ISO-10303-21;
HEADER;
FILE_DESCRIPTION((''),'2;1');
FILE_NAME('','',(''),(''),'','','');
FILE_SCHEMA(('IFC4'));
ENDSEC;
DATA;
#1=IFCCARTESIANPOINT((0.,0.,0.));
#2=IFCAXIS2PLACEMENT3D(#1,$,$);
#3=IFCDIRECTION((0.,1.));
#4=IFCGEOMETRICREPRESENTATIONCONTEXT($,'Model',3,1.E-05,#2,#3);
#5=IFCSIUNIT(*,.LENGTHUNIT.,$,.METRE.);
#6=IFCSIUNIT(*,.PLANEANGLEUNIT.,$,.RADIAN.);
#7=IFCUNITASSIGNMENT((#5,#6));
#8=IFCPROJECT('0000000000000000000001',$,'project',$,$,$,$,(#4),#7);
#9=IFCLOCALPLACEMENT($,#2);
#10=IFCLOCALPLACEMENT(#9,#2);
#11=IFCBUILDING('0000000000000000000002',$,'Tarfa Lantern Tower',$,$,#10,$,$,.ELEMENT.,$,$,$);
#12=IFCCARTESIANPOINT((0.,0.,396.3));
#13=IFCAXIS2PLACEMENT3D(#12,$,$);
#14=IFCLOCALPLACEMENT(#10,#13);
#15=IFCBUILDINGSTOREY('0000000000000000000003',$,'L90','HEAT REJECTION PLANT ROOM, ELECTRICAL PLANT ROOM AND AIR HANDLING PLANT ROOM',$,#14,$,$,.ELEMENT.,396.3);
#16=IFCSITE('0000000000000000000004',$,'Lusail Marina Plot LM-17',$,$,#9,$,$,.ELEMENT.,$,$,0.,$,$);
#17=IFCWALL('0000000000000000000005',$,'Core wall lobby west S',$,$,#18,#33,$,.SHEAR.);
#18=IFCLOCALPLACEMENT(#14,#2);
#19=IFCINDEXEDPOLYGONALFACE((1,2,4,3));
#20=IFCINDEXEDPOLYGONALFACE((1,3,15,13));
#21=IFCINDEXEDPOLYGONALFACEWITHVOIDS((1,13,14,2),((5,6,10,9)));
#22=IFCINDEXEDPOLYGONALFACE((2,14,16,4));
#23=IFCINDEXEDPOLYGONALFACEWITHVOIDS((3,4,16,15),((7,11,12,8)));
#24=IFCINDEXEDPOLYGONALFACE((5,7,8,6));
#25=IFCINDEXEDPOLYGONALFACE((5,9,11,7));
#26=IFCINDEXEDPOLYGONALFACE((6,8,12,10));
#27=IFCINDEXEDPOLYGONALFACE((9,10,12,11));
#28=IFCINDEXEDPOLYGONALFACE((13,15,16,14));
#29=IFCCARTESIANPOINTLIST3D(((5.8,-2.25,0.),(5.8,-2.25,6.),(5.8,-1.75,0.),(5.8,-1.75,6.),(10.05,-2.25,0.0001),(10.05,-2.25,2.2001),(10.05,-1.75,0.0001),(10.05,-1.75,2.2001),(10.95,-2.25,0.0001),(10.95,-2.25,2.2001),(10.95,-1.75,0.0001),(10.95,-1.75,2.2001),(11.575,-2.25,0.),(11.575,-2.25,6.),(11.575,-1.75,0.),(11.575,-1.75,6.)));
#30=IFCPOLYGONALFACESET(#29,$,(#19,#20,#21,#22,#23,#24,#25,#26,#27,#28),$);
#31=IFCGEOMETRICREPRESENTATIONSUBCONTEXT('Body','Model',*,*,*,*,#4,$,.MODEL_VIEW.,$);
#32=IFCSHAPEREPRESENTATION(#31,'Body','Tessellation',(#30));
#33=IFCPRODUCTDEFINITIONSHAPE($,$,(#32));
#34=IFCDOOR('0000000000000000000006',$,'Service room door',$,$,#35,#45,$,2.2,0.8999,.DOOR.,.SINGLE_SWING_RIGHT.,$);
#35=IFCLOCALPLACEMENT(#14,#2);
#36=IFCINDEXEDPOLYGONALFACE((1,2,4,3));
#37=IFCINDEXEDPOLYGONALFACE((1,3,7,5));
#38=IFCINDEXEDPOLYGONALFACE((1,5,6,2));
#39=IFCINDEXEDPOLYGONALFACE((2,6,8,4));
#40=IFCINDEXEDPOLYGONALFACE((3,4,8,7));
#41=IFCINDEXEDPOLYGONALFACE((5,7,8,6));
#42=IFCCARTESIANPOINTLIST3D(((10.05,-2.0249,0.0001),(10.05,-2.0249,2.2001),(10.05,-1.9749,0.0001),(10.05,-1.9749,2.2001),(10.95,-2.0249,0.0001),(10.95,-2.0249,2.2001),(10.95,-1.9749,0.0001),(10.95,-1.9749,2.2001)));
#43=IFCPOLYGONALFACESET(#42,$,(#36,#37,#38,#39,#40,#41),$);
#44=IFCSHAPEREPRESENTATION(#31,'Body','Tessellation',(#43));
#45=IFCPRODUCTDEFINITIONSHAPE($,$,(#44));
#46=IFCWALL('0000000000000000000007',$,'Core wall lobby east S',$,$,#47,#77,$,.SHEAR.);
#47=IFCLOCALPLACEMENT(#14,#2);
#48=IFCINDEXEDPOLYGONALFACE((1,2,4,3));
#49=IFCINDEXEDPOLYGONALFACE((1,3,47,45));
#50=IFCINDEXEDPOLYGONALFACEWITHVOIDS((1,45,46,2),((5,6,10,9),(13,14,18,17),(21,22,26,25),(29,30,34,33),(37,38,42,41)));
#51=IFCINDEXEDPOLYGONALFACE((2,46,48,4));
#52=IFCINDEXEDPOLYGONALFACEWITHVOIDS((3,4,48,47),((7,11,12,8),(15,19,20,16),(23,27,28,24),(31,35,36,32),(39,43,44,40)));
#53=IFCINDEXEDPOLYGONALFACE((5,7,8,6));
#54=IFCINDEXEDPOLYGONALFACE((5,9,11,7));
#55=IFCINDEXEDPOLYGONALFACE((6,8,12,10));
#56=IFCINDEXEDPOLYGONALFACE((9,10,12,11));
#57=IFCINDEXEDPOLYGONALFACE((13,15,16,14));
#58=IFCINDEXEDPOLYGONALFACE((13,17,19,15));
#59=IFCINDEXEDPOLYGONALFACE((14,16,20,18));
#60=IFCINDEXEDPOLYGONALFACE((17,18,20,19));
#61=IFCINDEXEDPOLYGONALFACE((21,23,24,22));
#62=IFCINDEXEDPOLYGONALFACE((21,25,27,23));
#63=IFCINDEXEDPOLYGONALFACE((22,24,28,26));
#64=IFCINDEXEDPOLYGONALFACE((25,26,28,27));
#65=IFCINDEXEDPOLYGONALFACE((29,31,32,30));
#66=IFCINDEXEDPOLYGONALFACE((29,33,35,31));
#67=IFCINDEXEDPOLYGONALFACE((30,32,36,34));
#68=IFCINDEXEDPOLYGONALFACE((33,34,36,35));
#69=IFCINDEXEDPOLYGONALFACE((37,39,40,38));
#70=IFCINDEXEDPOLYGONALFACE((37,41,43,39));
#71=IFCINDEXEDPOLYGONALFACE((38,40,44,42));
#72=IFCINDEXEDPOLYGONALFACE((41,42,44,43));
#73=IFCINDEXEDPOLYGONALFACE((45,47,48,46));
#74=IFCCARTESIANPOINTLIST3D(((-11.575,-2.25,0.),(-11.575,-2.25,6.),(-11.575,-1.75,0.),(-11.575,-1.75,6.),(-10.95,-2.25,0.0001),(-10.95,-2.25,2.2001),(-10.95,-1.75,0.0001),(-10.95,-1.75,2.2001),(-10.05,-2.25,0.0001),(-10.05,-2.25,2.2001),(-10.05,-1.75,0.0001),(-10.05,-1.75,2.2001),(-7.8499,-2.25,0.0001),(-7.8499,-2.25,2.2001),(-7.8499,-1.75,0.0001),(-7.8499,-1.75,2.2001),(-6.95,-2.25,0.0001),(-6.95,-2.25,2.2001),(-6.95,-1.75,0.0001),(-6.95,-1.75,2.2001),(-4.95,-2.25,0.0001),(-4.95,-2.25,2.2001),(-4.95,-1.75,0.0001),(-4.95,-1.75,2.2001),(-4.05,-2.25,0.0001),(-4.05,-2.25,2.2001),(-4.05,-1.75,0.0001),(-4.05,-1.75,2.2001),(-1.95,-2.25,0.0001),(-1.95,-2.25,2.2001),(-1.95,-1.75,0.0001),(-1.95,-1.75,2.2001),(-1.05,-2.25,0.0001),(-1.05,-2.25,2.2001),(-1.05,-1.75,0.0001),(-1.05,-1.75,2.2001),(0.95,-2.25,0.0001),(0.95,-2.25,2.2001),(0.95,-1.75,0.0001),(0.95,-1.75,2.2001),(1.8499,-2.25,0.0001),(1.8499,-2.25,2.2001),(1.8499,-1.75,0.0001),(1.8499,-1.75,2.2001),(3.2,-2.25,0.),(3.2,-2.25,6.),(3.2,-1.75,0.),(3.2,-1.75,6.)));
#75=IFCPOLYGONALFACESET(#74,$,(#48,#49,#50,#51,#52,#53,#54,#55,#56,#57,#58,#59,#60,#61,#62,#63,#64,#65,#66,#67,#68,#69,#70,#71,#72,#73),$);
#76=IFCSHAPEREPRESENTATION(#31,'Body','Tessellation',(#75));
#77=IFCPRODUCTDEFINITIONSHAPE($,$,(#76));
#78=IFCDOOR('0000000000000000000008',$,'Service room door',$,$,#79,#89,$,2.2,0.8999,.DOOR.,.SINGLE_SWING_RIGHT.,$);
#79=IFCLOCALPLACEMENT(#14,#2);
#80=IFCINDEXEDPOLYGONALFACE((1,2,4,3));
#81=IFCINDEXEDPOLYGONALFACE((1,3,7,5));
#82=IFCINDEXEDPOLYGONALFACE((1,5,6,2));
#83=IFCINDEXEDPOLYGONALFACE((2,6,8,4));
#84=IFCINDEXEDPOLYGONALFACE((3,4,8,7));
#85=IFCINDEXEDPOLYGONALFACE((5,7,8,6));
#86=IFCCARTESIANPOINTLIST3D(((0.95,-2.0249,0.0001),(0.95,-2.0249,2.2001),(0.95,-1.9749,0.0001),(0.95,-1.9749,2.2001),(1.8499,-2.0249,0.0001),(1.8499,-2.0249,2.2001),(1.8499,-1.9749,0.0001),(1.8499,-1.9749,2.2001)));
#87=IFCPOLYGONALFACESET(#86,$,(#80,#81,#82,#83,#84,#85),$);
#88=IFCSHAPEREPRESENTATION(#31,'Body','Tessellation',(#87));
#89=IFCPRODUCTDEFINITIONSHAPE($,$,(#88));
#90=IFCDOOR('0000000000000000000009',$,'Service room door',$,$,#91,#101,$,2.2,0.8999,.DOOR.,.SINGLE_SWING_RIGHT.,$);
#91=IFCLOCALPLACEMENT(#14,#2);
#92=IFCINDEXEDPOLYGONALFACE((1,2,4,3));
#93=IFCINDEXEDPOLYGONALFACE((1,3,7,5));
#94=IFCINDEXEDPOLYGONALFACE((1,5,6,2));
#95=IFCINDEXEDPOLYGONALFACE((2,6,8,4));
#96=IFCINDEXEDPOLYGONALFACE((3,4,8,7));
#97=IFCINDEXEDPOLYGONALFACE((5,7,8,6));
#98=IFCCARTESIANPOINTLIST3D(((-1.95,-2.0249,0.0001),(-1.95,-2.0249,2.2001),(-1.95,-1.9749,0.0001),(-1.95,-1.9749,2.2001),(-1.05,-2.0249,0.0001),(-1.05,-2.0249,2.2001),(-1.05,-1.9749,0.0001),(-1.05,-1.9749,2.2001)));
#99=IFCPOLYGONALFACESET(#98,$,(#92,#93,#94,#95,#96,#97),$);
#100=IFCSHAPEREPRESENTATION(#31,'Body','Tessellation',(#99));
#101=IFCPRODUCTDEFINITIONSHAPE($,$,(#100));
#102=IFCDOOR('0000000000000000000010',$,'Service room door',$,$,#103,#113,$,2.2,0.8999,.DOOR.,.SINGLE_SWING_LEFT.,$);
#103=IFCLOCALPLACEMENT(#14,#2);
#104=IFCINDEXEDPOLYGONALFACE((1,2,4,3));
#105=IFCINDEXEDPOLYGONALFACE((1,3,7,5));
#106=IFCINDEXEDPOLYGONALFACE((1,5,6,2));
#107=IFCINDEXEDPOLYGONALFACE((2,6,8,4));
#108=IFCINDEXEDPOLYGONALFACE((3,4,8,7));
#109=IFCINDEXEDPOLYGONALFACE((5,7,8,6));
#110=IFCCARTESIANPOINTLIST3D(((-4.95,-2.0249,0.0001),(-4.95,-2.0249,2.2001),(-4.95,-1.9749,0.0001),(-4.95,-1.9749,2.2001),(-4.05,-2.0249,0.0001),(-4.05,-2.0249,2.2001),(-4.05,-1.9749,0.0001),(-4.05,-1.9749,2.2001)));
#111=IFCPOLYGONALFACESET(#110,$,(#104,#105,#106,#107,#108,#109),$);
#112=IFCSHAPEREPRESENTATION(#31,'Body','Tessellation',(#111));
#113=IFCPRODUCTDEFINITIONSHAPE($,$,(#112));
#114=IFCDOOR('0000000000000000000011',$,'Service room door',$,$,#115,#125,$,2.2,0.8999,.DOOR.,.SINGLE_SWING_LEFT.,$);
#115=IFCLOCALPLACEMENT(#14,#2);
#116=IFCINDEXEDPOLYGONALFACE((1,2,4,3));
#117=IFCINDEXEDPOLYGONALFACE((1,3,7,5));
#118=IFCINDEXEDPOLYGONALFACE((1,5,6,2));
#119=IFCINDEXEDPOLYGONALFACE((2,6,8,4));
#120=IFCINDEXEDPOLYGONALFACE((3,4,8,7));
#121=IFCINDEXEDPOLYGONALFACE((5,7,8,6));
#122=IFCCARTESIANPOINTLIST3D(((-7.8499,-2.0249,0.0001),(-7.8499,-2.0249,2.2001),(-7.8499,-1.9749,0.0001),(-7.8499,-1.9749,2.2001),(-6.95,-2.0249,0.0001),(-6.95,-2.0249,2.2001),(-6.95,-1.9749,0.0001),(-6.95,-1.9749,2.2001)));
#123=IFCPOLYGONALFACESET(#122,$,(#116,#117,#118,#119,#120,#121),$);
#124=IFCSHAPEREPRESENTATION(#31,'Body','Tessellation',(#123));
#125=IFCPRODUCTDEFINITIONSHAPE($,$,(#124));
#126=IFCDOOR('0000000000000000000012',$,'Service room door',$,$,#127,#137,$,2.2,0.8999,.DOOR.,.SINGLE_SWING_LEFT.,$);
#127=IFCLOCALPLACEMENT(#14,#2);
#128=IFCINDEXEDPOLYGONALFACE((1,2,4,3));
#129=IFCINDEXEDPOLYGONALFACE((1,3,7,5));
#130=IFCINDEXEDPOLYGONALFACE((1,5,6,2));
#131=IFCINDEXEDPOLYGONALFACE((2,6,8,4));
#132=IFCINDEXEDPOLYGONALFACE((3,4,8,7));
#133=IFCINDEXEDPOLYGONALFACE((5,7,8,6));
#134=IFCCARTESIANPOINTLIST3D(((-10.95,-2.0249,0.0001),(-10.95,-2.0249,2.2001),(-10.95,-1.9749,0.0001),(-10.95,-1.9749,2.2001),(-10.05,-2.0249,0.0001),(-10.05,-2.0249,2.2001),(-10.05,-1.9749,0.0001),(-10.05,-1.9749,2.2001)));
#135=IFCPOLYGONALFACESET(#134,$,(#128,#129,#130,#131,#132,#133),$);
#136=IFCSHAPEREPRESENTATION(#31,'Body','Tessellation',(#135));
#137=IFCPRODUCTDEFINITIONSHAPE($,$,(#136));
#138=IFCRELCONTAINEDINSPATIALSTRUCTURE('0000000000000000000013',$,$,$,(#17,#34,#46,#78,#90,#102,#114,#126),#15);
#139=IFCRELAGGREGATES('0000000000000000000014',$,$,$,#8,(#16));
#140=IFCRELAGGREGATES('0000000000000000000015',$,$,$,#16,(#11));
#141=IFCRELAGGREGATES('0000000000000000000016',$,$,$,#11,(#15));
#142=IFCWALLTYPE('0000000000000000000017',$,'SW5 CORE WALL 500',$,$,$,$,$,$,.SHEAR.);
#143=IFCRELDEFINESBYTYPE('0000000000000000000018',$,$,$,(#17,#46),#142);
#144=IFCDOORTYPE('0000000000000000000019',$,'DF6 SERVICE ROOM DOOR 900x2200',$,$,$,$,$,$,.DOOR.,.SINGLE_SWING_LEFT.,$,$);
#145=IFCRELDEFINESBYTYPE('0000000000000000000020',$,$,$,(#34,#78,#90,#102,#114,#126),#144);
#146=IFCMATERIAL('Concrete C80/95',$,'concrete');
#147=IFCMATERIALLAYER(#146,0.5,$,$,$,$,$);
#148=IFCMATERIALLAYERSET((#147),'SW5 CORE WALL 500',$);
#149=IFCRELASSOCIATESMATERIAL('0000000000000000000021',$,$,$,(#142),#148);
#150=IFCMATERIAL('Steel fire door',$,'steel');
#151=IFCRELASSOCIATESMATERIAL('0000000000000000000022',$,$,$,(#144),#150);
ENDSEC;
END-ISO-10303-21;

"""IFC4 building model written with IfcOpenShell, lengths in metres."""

from ifc_helpers import new_model, si_unit, direction, frame, frame_2d, origin, place, context, subcontext, project, spatial, rectangle, extrude, material, layer, layer_set, type_object, element, fill, save


model = new_model("IFC4")

# Units and contexts
model_context = context("Model", 3, precision=1e-05, world=origin(), true_north=direction((0.0, 1.0)))
body_context = subcontext(model_context, "Body", "Model", "MODEL_VIEW")
ifc_project = project(units=[si_unit("LENGTHUNIT", "METRE"), si_unit("PLANEANGLEUNIT", "RADIAN")], contexts=[model_context])

# Site, building, storey
site_placement = place(None, origin())
site = spatial("IfcSite", under=ifc_project, at=site_placement, Name="Lusail Marina Plot LM-17", CompositionType="ELEMENT", RefElevation=0.0)
building_placement = place(site_placement, origin())
building = spatial("IfcBuilding", under=site, at=building_placement, Name="Tarfa Lantern Tower", CompositionType="ELEMENT")
storey_placement = place(building_placement, frame((0.0, 0.0, 396.3)))
storey = spatial("IfcBuildingStorey", under=building, at=storey_placement, Name="L90", Description="HEAT REJECTION PLANT ROOM, ELECTRICAL PLANT ROOM AND AIR HANDLING PLANT ROOM", CompositionType="ELEMENT", Elevation=396.3)

# Shared definitions
ifc_material_1 = material(Name="Concrete C80/95", Category="concrete")

# Wall, opening, door
ifc_material_2 = material(Name="Steel fire door", Category="steel")
ifc_layer_1 = layer(ifc_material_1, 0.5)
ifc_layer_set_1 = layer_set([ifc_layer_1], Name="SW5 CORE WALL 500")
wall_type_1 = type_object("IfcWallType", Name="SW5 CORE WALL 500", PredefinedType="SHEAR", material=ifc_layer_set_1)
wall_1_placement = place(storey_placement, frame((11.575, -2.0, 0.0), z_axis=(0.0, 0.0, 1.0), x_axis=(-1.0, 0.0, 0.0)))
wall_1 = element("IfcWall", 1, at=wall_1_placement, inside=storey, type_object=wall_type_1, Name="Core wall lobby west S", PredefinedType="SHEAR", context=body_context, shape_type="SweptSolid", body=[
    extrude(rectangle(XDim=5.7749, YDim=0.5, at=frame_2d((2.8875, 0.0))), origin(), (0.0, 0.0, 1.0), 6.0),
])
opening_1_placement = place(wall_1_placement, frame((0.625, 0.0, 0.0)))
opening_1 = element("IfcOpeningElement", 2, at=opening_1_placement, cuts=wall_1, PredefinedType="OPENING", context=body_context, shape_type="SweptSolid", body=[
    extrude(rectangle(XDim=0.8999, YDim=2.2, at=frame_2d((0.45, 1.1001))), frame((0.0, 0.26, 0.0), z_axis=(0.0, -1.0, 0.0), x_axis=(1.0, 0.0, 0.0)), (0.0, 0.0, 1.0), 0.52),
])
door_type_1 = type_object("IfcDoorType", Name="DF6 SERVICE ROOM DOOR 900x2200", OperationType="SINGLE_SWING_LEFT", PredefinedType="DOOR", material=ifc_material_2)
door_1_placement = place(opening_1_placement, origin())
door_1 = element("IfcDoor", 3, at=door_1_placement, inside=storey, type_object=door_type_1, Name="Service room door", OperationType="SINGLE_SWING_RIGHT", OverallHeight=2.2, OverallWidth=0.8999, PredefinedType="DOOR", context=body_context, shape_type="SweptSolid", body=[
    extrude(rectangle(XDim=0.8999, YDim=2.2, at=frame_2d((0.45, 1.1001))), frame((0.0, 0.0249, 0.0), z_axis=(0.0, -1.0, 0.0), x_axis=(1.0, 0.0, 0.0)), (0.0, 0.0, 1.0), 0.05),
])
fill(opening_1, door_1)

# Wall, openings, doors
wall_2_placement = place(storey_placement, frame((3.2, -2.0, 0.0), z_axis=(0.0, 0.0, 1.0), x_axis=(-1.0, 0.0, 0.0)))
wall_2 = element("IfcWall", 4, at=wall_2_placement, inside=storey, type_object=wall_type_1, Name="Core wall lobby east S", PredefinedType="SHEAR", context=body_context, shape_type="SweptSolid", body=[
    extrude(rectangle(XDim=14.7749, YDim=0.5, at=frame_2d((7.3875, 0.0))), origin(), (0.0, 0.0, 1.0), 6.0),
])
opening_2_placement = place(wall_2_placement, frame((1.3501, 0.0, 0.0)))
opening_2 = element("IfcOpeningElement", 5, at=opening_2_placement, cuts=wall_2, PredefinedType="OPENING", context=body_context, shape_type="SweptSolid", body=[
    extrude(rectangle(XDim=0.8999, YDim=2.2, at=frame_2d((0.45, 1.1001))), frame((0.0, 0.26, 0.0), z_axis=(0.0, -1.0, 0.0), x_axis=(1.0, 0.0, 0.0)), (0.0, 0.0, 1.0), 0.52),
])
opening_3_placement = place(wall_2_placement, frame((4.25, 0.0, 0.0)))
opening_3 = element("IfcOpeningElement", 6, at=opening_3_placement, cuts=wall_2, PredefinedType="OPENING", context=body_context, shape_type="SweptSolid", body=[
    extrude(rectangle(XDim=0.8999, YDim=2.2, at=frame_2d((0.45, 1.1001))), frame((0.0, 0.26, 0.0), z_axis=(0.0, -1.0, 0.0), x_axis=(1.0, 0.0, 0.0)), (0.0, 0.0, 1.0), 0.52),
])
opening_4_placement = place(wall_2_placement, frame((7.25, 0.0, 0.0)))
opening_4 = element("IfcOpeningElement", 7, at=opening_4_placement, cuts=wall_2, PredefinedType="OPENING", context=body_context, shape_type="SweptSolid", body=[
    extrude(rectangle(XDim=0.8999, YDim=2.2, at=frame_2d((0.45, 1.1001))), frame((0.0, 0.26, 0.0), z_axis=(0.0, -1.0, 0.0), x_axis=(1.0, 0.0, 0.0)), (0.0, 0.0, 1.0), 0.52),
])
opening_5_placement = place(wall_2_placement, frame((10.1499, 0.0, 0.0)))
opening_5 = element("IfcOpeningElement", 8, at=opening_5_placement, cuts=wall_2, PredefinedType="OPENING", context=body_context, shape_type="SweptSolid", body=[
    extrude(rectangle(XDim=0.8999, YDim=2.2, at=frame_2d((0.45, 1.1001))), frame((0.0, 0.26, 0.0), z_axis=(0.0, -1.0, 0.0), x_axis=(1.0, 0.0, 0.0)), (0.0, 0.0, 1.0), 0.52),
])
opening_6_placement = place(wall_2_placement, frame((13.25, 0.0, 0.0)))
opening_6 = element("IfcOpeningElement", 9, at=opening_6_placement, cuts=wall_2, PredefinedType="OPENING", context=body_context, shape_type="SweptSolid", body=[
    extrude(rectangle(XDim=0.8999, YDim=2.2, at=frame_2d((0.45, 1.1001))), frame((0.0, 0.26, 0.0), z_axis=(0.0, -1.0, 0.0), x_axis=(1.0, 0.0, 0.0)), (0.0, 0.0, 1.0), 0.52),
])
door_2_placement = place(opening_2_placement, origin())
door_2 = element("IfcDoor", 10, at=door_2_placement, inside=storey, type_object=door_type_1, Name="Service room door", OperationType="SINGLE_SWING_RIGHT", OverallHeight=2.2, OverallWidth=0.8999, PredefinedType="DOOR", context=body_context, shape_type="SweptSolid", body=[
    extrude(rectangle(XDim=0.8999, YDim=2.2, at=frame_2d((0.45, 1.1001))), frame((0.0, 0.0249, 0.0), z_axis=(0.0, -1.0, 0.0), x_axis=(1.0, 0.0, 0.0)), (0.0, 0.0, 1.0), 0.05),
])
fill(opening_2, door_2)
door_3_placement = place(opening_3_placement, origin())
door_3 = element("IfcDoor", 11, at=door_3_placement, inside=storey, type_object=door_type_1, Name="Service room door", OperationType="SINGLE_SWING_RIGHT", OverallHeight=2.2, OverallWidth=0.8999, PredefinedType="DOOR", context=body_context, shape_type="SweptSolid", body=[
    extrude(rectangle(XDim=0.8999, YDim=2.2, at=frame_2d((0.45, 1.1001))), frame((0.0, 0.0249, 0.0), z_axis=(0.0, -1.0, 0.0), x_axis=(1.0, 0.0, 0.0)), (0.0, 0.0, 1.0), 0.05),
])
fill(opening_3, door_3)
door_4_placement = place(opening_4_placement, origin())
door_4 = element("IfcDoor", 12, at=door_4_placement, inside=storey, type_object=door_type_1, Name="Service room door", OperationType="SINGLE_SWING_LEFT", OverallHeight=2.2, OverallWidth=0.8999, PredefinedType="DOOR", context=body_context, shape_type="SweptSolid", body=[
    extrude(rectangle(XDim=0.8999, YDim=2.2, at=frame_2d((0.45, 1.1001))), frame((0.0, 0.0249, 0.0), z_axis=(0.0, -1.0, 0.0), x_axis=(1.0, 0.0, 0.0)), (0.0, 0.0, 1.0), 0.05),
])
fill(opening_4, door_4)
door_5_placement = place(opening_5_placement, origin())
door_5 = element("IfcDoor", 13, at=door_5_placement, inside=storey, type_object=door_type_1, Name="Service room door", OperationType="SINGLE_SWING_LEFT", OverallHeight=2.2, OverallWidth=0.8999, PredefinedType="DOOR", context=body_context, shape_type="SweptSolid", body=[
    extrude(rectangle(XDim=0.8999, YDim=2.2, at=frame_2d((0.45, 1.1001))), frame((0.0, 0.0249, 0.0), z_axis=(0.0, -1.0, 0.0), x_axis=(1.0, 0.0, 0.0)), (0.0, 0.0, 1.0), 0.05),
])
fill(opening_5, door_5)
door_6_placement = place(opening_6_placement, origin())
door_6 = element("IfcDoor", 14, at=door_6_placement, inside=storey, type_object=door_type_1, Name="Service room door", OperationType="SINGLE_SWING_LEFT", OverallHeight=2.2, OverallWidth=0.8999, PredefinedType="DOOR", context=body_context, shape_type="SweptSolid", body=[
    extrude(rectangle(XDim=0.8999, YDim=2.2, at=frame_2d((0.45, 1.1001))), frame((0.0, 0.0249, 0.0), z_axis=(0.0, -1.0, 0.0), x_axis=(1.0, 0.0, 0.0)), (0.0, 0.0, 1.0), 0.05),
])
fill(opening_6, door_6)

save(model, "model.ifc")
